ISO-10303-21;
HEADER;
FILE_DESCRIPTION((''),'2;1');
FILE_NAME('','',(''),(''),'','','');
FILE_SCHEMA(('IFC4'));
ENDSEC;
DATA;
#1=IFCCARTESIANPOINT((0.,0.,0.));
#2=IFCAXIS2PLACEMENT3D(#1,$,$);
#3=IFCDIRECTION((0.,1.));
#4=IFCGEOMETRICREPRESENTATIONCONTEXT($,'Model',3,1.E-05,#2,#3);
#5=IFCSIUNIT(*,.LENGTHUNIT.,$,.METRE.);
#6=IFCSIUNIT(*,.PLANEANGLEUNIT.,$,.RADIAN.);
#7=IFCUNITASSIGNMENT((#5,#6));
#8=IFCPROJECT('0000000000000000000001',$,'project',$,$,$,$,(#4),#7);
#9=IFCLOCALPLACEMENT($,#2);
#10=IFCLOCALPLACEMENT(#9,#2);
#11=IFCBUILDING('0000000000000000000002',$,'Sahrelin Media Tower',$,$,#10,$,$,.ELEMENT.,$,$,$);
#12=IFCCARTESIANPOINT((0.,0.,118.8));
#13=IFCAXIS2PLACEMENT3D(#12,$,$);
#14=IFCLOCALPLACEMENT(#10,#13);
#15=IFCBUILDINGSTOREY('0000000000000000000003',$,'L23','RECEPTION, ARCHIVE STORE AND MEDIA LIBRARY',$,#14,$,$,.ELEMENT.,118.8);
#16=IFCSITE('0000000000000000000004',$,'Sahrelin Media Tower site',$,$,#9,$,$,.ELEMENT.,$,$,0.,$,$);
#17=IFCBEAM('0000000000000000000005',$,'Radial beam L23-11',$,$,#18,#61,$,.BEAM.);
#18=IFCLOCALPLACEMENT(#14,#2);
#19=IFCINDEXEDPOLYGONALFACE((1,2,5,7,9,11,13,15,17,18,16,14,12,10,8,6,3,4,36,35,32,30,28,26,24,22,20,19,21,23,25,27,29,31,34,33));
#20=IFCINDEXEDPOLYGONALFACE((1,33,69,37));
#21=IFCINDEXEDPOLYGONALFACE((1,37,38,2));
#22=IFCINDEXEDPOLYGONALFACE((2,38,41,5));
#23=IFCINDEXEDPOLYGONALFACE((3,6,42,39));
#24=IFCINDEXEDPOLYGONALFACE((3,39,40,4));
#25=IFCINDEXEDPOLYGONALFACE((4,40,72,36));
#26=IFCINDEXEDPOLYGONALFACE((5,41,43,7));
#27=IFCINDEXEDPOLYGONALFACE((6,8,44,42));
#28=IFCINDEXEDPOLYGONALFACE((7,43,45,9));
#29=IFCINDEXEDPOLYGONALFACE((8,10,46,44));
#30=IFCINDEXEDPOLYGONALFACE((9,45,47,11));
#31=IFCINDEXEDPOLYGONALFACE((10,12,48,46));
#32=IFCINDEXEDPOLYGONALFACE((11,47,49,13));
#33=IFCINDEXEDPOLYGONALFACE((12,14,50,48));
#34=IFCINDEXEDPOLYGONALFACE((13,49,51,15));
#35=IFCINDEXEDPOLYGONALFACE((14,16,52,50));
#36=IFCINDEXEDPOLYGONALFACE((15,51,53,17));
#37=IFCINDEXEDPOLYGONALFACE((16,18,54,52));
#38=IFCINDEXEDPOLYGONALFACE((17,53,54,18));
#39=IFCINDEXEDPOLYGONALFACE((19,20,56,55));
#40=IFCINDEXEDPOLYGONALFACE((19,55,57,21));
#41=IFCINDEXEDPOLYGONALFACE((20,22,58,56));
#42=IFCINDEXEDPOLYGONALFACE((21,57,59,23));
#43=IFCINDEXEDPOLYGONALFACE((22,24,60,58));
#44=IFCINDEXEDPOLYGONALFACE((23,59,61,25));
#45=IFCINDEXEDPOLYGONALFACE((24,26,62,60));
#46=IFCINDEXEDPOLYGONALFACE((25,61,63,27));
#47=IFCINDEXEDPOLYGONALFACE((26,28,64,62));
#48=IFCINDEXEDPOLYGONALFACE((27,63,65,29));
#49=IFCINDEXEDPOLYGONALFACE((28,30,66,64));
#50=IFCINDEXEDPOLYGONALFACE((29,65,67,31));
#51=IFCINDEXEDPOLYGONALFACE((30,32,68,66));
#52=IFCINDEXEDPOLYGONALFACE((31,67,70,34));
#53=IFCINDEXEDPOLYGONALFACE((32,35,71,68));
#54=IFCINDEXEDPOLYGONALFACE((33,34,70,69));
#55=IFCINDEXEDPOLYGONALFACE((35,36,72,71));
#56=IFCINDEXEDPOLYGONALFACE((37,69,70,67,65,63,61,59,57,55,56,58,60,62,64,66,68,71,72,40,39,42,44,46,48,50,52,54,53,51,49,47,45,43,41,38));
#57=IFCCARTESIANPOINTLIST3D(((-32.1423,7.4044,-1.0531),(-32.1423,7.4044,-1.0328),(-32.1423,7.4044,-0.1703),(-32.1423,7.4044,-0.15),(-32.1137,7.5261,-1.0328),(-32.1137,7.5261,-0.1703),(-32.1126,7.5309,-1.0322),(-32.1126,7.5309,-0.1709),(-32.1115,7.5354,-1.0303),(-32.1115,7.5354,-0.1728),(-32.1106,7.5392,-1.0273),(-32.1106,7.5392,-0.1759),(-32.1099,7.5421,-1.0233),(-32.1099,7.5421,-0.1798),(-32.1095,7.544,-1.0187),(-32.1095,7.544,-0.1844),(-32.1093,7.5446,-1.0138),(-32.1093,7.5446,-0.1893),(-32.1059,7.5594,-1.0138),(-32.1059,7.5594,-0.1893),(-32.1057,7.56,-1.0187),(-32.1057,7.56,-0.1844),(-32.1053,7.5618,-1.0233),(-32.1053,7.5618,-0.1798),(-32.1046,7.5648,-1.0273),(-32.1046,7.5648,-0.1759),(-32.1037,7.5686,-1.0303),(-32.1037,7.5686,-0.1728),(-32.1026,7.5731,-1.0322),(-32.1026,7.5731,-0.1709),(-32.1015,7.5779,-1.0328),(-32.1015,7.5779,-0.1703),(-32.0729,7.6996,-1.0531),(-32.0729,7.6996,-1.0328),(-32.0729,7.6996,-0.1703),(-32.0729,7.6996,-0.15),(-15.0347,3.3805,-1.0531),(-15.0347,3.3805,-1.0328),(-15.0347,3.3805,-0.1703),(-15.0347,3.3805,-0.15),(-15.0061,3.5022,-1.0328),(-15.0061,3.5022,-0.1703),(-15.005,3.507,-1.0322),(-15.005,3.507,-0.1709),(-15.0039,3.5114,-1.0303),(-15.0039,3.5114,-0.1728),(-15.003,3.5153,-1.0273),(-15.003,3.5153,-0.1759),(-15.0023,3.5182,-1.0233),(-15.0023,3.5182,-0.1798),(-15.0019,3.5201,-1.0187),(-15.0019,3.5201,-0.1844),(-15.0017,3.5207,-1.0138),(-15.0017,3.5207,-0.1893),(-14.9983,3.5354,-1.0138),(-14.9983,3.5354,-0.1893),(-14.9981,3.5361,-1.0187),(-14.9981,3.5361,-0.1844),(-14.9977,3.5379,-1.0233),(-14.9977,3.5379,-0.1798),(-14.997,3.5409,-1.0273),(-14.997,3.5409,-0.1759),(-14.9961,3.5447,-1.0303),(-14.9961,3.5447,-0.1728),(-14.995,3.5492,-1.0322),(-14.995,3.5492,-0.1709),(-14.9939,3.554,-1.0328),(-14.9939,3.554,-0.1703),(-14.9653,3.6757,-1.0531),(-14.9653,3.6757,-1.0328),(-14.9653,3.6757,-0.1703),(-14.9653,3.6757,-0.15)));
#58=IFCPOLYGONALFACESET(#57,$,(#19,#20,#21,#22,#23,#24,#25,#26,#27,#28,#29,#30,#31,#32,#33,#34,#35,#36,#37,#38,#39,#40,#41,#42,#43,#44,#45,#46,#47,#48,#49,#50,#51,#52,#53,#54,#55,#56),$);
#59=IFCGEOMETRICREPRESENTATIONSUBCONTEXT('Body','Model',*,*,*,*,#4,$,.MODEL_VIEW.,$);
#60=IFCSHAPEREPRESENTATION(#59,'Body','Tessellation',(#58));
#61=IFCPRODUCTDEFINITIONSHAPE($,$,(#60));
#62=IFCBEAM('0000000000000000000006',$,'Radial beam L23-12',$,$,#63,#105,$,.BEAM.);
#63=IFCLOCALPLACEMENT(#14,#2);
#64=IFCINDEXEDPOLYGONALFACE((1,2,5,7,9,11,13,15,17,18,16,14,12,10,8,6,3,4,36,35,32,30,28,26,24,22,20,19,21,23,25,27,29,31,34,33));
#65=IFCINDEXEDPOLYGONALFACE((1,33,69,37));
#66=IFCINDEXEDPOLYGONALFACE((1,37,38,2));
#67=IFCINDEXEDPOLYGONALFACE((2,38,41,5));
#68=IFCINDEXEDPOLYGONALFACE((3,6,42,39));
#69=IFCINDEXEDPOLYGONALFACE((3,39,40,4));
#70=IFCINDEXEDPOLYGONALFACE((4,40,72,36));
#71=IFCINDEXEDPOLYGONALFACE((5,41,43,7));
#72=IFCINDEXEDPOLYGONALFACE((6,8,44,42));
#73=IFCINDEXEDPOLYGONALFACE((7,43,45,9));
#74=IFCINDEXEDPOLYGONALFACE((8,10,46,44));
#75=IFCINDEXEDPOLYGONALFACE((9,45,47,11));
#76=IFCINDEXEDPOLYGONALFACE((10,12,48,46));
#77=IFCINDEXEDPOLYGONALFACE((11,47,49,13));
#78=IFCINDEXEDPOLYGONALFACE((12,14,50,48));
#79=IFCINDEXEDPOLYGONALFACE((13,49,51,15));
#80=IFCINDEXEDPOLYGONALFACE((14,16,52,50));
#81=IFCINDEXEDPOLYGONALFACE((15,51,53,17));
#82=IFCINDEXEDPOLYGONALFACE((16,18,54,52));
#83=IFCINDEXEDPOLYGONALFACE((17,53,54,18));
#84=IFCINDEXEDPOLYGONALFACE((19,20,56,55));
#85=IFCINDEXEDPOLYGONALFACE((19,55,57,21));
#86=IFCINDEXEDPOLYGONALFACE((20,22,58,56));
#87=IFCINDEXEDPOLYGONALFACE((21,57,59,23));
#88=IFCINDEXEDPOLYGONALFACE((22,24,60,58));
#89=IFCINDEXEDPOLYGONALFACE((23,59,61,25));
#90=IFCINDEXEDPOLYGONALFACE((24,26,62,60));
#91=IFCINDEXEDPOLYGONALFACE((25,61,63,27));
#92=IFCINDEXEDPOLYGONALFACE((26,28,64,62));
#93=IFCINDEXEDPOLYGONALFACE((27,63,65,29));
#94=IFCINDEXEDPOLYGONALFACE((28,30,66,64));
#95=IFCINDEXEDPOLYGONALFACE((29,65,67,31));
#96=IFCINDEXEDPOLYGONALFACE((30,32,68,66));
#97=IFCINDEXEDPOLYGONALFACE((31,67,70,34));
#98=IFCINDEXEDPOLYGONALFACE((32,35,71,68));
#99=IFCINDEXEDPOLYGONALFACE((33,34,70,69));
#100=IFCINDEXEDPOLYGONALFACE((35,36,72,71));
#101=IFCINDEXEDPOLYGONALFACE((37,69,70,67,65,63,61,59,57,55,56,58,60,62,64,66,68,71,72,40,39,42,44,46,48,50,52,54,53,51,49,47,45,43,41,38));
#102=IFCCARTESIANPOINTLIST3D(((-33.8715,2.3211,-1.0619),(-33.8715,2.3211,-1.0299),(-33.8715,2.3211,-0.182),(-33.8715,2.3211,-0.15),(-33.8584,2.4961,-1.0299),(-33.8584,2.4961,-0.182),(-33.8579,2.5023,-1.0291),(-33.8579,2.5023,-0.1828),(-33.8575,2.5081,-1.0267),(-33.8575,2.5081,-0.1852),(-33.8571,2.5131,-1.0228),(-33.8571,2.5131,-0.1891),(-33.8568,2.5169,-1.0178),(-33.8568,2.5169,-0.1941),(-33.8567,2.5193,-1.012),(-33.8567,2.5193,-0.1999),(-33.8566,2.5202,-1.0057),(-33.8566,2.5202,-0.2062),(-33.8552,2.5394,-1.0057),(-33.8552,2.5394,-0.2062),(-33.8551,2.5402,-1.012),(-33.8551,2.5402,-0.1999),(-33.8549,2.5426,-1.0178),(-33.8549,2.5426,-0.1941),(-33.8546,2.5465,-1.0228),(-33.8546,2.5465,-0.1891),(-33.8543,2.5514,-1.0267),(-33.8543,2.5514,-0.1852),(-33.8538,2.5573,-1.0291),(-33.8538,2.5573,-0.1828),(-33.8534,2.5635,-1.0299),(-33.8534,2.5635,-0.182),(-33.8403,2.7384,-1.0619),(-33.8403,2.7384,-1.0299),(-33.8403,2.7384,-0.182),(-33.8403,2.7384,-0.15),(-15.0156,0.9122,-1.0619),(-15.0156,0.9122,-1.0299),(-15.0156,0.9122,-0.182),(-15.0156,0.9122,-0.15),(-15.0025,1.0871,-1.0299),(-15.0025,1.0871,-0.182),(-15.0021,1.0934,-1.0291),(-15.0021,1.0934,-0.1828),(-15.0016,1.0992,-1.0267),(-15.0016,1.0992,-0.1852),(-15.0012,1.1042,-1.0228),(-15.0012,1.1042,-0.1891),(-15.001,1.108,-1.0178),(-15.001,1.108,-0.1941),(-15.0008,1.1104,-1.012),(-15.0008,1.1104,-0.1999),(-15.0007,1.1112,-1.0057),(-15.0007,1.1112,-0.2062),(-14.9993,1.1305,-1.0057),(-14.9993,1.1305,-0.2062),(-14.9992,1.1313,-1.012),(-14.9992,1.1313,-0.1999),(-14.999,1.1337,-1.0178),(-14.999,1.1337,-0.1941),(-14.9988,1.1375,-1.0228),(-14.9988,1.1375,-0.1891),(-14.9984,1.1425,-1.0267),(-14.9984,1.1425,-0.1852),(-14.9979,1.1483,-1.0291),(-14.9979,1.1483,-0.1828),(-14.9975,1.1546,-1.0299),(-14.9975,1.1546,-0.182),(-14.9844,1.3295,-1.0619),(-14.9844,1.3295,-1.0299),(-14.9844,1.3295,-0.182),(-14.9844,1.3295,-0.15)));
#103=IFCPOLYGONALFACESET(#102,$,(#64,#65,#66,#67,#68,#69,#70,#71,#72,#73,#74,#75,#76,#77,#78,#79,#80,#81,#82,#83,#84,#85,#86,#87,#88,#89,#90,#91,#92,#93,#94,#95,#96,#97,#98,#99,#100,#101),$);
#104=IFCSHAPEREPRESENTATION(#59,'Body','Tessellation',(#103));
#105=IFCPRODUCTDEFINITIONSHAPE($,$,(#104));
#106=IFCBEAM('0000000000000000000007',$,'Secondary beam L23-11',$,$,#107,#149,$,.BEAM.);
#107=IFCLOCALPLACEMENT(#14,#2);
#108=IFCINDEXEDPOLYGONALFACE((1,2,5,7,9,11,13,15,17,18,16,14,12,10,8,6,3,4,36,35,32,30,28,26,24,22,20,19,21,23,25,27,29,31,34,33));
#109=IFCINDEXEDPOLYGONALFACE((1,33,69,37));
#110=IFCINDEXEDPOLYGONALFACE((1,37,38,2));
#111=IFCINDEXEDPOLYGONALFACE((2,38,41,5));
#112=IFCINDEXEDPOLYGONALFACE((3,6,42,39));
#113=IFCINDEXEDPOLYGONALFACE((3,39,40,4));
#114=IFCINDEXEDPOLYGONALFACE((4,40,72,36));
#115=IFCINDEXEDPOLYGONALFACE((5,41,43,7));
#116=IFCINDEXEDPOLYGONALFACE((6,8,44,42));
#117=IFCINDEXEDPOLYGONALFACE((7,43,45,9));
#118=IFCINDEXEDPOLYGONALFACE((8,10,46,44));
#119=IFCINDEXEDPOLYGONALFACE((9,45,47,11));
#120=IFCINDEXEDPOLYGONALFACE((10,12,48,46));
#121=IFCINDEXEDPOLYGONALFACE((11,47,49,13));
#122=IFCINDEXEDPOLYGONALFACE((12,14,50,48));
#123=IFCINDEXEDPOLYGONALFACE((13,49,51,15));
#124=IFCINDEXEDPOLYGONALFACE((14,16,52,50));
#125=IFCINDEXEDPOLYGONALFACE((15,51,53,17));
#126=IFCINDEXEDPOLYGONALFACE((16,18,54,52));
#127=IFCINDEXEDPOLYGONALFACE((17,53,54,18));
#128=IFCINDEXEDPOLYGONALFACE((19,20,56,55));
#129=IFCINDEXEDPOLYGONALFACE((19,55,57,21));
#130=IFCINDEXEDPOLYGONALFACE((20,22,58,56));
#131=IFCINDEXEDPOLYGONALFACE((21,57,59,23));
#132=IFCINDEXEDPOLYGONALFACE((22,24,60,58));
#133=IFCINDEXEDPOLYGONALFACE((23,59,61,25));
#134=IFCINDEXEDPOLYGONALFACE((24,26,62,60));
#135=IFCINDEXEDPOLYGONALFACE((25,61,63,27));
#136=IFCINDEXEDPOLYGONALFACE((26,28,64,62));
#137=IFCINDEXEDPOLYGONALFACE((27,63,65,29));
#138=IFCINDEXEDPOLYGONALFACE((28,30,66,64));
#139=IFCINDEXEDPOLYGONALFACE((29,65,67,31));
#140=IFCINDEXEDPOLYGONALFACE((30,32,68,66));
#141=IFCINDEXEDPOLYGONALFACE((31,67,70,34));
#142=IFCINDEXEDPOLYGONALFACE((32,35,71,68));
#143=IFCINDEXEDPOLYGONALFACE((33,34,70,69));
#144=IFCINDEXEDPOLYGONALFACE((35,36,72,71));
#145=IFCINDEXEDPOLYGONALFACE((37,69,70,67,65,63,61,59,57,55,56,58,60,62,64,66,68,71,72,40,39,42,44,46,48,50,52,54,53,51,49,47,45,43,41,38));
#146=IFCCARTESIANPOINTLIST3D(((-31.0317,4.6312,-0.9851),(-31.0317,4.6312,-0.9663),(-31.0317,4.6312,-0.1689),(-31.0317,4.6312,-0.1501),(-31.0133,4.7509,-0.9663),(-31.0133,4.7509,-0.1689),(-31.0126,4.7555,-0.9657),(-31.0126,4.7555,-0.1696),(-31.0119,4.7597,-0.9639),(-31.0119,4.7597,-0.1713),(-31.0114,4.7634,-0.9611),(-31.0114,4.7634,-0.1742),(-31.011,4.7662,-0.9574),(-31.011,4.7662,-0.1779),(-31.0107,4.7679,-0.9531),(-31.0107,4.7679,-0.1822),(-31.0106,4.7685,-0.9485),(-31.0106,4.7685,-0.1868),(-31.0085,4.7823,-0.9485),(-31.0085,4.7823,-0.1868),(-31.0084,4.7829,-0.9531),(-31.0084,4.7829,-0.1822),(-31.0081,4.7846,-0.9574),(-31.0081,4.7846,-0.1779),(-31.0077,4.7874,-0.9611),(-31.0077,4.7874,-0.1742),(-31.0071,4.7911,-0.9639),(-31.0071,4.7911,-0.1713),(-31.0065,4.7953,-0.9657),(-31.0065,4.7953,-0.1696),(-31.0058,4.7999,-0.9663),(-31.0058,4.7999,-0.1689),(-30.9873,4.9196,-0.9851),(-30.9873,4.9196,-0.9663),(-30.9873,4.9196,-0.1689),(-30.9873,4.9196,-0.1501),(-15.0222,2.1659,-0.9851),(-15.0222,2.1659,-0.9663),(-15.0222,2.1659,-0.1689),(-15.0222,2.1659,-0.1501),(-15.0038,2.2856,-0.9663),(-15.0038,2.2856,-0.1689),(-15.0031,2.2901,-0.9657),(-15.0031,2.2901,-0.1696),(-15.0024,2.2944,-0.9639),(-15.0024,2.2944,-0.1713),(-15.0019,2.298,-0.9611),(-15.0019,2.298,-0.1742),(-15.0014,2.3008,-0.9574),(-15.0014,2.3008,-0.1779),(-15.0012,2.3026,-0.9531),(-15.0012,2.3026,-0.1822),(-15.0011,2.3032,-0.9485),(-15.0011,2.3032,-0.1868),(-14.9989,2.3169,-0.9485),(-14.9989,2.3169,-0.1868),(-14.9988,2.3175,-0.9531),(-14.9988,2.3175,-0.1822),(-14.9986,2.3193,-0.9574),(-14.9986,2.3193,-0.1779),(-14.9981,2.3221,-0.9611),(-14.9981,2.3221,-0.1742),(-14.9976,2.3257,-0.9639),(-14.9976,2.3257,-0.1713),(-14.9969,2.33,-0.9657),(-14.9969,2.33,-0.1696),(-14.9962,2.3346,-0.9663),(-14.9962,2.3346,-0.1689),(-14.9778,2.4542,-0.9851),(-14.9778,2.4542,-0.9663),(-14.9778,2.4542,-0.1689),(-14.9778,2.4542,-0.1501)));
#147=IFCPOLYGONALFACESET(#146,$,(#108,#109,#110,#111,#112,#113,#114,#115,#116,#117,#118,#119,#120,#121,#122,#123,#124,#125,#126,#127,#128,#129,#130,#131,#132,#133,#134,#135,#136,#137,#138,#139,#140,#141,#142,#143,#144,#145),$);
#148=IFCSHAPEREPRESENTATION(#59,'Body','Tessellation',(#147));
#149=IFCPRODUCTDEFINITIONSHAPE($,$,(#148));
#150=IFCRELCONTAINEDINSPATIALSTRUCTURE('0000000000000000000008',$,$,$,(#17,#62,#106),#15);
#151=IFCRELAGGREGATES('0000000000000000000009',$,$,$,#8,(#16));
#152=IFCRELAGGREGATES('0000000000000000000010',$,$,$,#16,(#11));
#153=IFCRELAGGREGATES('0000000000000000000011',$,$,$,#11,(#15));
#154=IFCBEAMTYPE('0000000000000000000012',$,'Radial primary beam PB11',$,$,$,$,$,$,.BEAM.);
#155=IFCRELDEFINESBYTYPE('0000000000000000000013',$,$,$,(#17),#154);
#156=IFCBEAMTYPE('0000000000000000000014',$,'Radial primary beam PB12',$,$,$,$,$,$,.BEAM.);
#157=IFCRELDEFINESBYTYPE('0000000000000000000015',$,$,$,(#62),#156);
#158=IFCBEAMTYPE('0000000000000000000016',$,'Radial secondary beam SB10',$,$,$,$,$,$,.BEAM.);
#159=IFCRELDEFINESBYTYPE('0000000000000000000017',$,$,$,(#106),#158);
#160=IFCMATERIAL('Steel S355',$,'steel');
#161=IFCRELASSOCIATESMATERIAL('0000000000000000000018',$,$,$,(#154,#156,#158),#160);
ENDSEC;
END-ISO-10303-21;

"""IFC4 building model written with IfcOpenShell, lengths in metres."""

from ifc_helpers import new_model, si_unit, direction, frame, origin, origin_2d, place, context, subcontext, project, spatial, i_section, extrude, material, material_profile, profile_set, type_object, element, save


model = new_model("IFC4")

# Units and contexts
model_context = context("Model", 3, precision=1e-05, world=origin(), true_north=direction((0.0, 1.0)))
body_context = subcontext(model_context, "Body", "Model", "MODEL_VIEW")
ifc_project = project(units=[si_unit("LENGTHUNIT", "METRE"), si_unit("PLANEANGLEUNIT", "RADIAN")], contexts=[model_context])

# Site, building, storey
site_placement = place(None, origin())
site = spatial("IfcSite", under=ifc_project, at=site_placement, Name="Sahrelin Media Tower site", CompositionType="ELEMENT", RefElevation=0.0)
building_placement = place(site_placement, origin())
building = spatial("IfcBuilding", under=site, at=building_placement, Name="Sahrelin Media Tower", CompositionType="ELEMENT")
storey_placement = place(building_placement, frame((0.0, 0.0, 118.8)))
storey = spatial("IfcBuildingStorey", under=building, at=storey_placement, Name="L23", Description="RECEPTION, ARCHIVE STORE AND MEDIA LIBRARY", CompositionType="ELEMENT", Elevation=118.8)

# Beams
ifc_material_1 = material(Name="Steel S355", Category="steel")
ifc_material_profile_1 = material_profile(ifc_material_1, i_section(OverallWidth=0.3032, OverallDepth=0.9031, WebThickness=0.0151, FlangeThickness=0.0203, FilletRadius=0.019, at=origin_2d()), Name="UB 914x305x201")
ifc_profile_set_1 = profile_set([ifc_material_profile_1], Name="Steel S355")
beam_type_1 = type_object("IfcBeamType", Name="Radial primary beam PB11", PredefinedType="BEAM", material=ifc_profile_set_1)
beam_1_placement = place(storey_placement, frame((-15.0, 3.5281, -0.6016), z_axis=(-0.973435, 0.228963, 0.0), x_axis=(-0.228963, -0.973435, 0.0)))
element("IfcBeam", 1, at=beam_1_placement, inside=storey, type_object=beam_type_1, Name="Radial beam L23-11", PredefinedType="BEAM", context=body_context, shape_type="SweptSolid", body=[
    extrude(i_section(OverallWidth=0.3032, OverallDepth=0.9031, WebThickness=0.0151, FlangeThickness=0.0203, FilletRadius=0.019, at=origin_2d()), origin(), (0.0, 0.0, 1.0), 17.5745),
])
ifc_material_profile_2 = material_profile(ifc_material_1, i_section(OverallWidth=0.4185, OverallDepth=0.9119, WebThickness=0.0193, FlangeThickness=0.032, FilletRadius=0.0242, at=origin_2d()), Name="UB 914x419x343")
ifc_profile_set_2 = profile_set([ifc_material_profile_2], Name="Steel S355")
beam_type_2 = type_object("IfcBeamType", Name="Radial primary beam PB12", PredefinedType="BEAM", material=ifc_profile_set_2)
beam_2_placement = place(storey_placement, frame((-15.0, 1.1208, -0.606), z_axis=(-0.99722, 0.074513, 0.0), x_axis=(-0.074513, -0.99722, 0.0)))
element("IfcBeam", 2, at=beam_2_placement, inside=storey, type_object=beam_type_2, Name="Radial beam L23-12", PredefinedType="BEAM", context=body_context, shape_type="SweptSolid", body=[
    extrude(i_section(OverallWidth=0.4185, OverallDepth=0.9119, WebThickness=0.0193, FlangeThickness=0.032, FilletRadius=0.0242, at=origin_2d()), origin(), (0.0, 0.0, 1.0), 18.9084),
])
ifc_material_profile_3 = material_profile(ifc_material_1, i_section(OverallWidth=0.2917, OverallDepth=0.835, WebThickness=0.0139, FlangeThickness=0.0188, FilletRadius=0.0178, at=origin_2d()), Name="UB 838x292x176")
ifc_profile_set_3 = profile_set([ifc_material_profile_3], Name="Steel S355")
beam_type_3 = type_object("IfcBeamType", Name="Radial secondary beam SB10", PredefinedType="BEAM", material=ifc_profile_set_3)
beam_3_placement = place(storey_placement, frame((-15.0, 2.3101, -0.5676), z_axis=(-0.98835, 0.152198, 0.0), x_axis=(-0.152198, -0.98835, 0.0)))
element("IfcBeam", 3, at=beam_3_placement, inside=storey, type_object=beam_type_3, Name="Secondary beam L23-11", PredefinedType="BEAM", context=body_context, shape_type="SweptSolid", body=[
    extrude(i_section(OverallWidth=0.2917, OverallDepth=0.835, WebThickness=0.0139, FlangeThickness=0.0188, FilletRadius=0.0178, at=origin_2d()), origin(), (0.0, 0.0, 1.0), 16.1982),
])

save(model, "model.ifc")
